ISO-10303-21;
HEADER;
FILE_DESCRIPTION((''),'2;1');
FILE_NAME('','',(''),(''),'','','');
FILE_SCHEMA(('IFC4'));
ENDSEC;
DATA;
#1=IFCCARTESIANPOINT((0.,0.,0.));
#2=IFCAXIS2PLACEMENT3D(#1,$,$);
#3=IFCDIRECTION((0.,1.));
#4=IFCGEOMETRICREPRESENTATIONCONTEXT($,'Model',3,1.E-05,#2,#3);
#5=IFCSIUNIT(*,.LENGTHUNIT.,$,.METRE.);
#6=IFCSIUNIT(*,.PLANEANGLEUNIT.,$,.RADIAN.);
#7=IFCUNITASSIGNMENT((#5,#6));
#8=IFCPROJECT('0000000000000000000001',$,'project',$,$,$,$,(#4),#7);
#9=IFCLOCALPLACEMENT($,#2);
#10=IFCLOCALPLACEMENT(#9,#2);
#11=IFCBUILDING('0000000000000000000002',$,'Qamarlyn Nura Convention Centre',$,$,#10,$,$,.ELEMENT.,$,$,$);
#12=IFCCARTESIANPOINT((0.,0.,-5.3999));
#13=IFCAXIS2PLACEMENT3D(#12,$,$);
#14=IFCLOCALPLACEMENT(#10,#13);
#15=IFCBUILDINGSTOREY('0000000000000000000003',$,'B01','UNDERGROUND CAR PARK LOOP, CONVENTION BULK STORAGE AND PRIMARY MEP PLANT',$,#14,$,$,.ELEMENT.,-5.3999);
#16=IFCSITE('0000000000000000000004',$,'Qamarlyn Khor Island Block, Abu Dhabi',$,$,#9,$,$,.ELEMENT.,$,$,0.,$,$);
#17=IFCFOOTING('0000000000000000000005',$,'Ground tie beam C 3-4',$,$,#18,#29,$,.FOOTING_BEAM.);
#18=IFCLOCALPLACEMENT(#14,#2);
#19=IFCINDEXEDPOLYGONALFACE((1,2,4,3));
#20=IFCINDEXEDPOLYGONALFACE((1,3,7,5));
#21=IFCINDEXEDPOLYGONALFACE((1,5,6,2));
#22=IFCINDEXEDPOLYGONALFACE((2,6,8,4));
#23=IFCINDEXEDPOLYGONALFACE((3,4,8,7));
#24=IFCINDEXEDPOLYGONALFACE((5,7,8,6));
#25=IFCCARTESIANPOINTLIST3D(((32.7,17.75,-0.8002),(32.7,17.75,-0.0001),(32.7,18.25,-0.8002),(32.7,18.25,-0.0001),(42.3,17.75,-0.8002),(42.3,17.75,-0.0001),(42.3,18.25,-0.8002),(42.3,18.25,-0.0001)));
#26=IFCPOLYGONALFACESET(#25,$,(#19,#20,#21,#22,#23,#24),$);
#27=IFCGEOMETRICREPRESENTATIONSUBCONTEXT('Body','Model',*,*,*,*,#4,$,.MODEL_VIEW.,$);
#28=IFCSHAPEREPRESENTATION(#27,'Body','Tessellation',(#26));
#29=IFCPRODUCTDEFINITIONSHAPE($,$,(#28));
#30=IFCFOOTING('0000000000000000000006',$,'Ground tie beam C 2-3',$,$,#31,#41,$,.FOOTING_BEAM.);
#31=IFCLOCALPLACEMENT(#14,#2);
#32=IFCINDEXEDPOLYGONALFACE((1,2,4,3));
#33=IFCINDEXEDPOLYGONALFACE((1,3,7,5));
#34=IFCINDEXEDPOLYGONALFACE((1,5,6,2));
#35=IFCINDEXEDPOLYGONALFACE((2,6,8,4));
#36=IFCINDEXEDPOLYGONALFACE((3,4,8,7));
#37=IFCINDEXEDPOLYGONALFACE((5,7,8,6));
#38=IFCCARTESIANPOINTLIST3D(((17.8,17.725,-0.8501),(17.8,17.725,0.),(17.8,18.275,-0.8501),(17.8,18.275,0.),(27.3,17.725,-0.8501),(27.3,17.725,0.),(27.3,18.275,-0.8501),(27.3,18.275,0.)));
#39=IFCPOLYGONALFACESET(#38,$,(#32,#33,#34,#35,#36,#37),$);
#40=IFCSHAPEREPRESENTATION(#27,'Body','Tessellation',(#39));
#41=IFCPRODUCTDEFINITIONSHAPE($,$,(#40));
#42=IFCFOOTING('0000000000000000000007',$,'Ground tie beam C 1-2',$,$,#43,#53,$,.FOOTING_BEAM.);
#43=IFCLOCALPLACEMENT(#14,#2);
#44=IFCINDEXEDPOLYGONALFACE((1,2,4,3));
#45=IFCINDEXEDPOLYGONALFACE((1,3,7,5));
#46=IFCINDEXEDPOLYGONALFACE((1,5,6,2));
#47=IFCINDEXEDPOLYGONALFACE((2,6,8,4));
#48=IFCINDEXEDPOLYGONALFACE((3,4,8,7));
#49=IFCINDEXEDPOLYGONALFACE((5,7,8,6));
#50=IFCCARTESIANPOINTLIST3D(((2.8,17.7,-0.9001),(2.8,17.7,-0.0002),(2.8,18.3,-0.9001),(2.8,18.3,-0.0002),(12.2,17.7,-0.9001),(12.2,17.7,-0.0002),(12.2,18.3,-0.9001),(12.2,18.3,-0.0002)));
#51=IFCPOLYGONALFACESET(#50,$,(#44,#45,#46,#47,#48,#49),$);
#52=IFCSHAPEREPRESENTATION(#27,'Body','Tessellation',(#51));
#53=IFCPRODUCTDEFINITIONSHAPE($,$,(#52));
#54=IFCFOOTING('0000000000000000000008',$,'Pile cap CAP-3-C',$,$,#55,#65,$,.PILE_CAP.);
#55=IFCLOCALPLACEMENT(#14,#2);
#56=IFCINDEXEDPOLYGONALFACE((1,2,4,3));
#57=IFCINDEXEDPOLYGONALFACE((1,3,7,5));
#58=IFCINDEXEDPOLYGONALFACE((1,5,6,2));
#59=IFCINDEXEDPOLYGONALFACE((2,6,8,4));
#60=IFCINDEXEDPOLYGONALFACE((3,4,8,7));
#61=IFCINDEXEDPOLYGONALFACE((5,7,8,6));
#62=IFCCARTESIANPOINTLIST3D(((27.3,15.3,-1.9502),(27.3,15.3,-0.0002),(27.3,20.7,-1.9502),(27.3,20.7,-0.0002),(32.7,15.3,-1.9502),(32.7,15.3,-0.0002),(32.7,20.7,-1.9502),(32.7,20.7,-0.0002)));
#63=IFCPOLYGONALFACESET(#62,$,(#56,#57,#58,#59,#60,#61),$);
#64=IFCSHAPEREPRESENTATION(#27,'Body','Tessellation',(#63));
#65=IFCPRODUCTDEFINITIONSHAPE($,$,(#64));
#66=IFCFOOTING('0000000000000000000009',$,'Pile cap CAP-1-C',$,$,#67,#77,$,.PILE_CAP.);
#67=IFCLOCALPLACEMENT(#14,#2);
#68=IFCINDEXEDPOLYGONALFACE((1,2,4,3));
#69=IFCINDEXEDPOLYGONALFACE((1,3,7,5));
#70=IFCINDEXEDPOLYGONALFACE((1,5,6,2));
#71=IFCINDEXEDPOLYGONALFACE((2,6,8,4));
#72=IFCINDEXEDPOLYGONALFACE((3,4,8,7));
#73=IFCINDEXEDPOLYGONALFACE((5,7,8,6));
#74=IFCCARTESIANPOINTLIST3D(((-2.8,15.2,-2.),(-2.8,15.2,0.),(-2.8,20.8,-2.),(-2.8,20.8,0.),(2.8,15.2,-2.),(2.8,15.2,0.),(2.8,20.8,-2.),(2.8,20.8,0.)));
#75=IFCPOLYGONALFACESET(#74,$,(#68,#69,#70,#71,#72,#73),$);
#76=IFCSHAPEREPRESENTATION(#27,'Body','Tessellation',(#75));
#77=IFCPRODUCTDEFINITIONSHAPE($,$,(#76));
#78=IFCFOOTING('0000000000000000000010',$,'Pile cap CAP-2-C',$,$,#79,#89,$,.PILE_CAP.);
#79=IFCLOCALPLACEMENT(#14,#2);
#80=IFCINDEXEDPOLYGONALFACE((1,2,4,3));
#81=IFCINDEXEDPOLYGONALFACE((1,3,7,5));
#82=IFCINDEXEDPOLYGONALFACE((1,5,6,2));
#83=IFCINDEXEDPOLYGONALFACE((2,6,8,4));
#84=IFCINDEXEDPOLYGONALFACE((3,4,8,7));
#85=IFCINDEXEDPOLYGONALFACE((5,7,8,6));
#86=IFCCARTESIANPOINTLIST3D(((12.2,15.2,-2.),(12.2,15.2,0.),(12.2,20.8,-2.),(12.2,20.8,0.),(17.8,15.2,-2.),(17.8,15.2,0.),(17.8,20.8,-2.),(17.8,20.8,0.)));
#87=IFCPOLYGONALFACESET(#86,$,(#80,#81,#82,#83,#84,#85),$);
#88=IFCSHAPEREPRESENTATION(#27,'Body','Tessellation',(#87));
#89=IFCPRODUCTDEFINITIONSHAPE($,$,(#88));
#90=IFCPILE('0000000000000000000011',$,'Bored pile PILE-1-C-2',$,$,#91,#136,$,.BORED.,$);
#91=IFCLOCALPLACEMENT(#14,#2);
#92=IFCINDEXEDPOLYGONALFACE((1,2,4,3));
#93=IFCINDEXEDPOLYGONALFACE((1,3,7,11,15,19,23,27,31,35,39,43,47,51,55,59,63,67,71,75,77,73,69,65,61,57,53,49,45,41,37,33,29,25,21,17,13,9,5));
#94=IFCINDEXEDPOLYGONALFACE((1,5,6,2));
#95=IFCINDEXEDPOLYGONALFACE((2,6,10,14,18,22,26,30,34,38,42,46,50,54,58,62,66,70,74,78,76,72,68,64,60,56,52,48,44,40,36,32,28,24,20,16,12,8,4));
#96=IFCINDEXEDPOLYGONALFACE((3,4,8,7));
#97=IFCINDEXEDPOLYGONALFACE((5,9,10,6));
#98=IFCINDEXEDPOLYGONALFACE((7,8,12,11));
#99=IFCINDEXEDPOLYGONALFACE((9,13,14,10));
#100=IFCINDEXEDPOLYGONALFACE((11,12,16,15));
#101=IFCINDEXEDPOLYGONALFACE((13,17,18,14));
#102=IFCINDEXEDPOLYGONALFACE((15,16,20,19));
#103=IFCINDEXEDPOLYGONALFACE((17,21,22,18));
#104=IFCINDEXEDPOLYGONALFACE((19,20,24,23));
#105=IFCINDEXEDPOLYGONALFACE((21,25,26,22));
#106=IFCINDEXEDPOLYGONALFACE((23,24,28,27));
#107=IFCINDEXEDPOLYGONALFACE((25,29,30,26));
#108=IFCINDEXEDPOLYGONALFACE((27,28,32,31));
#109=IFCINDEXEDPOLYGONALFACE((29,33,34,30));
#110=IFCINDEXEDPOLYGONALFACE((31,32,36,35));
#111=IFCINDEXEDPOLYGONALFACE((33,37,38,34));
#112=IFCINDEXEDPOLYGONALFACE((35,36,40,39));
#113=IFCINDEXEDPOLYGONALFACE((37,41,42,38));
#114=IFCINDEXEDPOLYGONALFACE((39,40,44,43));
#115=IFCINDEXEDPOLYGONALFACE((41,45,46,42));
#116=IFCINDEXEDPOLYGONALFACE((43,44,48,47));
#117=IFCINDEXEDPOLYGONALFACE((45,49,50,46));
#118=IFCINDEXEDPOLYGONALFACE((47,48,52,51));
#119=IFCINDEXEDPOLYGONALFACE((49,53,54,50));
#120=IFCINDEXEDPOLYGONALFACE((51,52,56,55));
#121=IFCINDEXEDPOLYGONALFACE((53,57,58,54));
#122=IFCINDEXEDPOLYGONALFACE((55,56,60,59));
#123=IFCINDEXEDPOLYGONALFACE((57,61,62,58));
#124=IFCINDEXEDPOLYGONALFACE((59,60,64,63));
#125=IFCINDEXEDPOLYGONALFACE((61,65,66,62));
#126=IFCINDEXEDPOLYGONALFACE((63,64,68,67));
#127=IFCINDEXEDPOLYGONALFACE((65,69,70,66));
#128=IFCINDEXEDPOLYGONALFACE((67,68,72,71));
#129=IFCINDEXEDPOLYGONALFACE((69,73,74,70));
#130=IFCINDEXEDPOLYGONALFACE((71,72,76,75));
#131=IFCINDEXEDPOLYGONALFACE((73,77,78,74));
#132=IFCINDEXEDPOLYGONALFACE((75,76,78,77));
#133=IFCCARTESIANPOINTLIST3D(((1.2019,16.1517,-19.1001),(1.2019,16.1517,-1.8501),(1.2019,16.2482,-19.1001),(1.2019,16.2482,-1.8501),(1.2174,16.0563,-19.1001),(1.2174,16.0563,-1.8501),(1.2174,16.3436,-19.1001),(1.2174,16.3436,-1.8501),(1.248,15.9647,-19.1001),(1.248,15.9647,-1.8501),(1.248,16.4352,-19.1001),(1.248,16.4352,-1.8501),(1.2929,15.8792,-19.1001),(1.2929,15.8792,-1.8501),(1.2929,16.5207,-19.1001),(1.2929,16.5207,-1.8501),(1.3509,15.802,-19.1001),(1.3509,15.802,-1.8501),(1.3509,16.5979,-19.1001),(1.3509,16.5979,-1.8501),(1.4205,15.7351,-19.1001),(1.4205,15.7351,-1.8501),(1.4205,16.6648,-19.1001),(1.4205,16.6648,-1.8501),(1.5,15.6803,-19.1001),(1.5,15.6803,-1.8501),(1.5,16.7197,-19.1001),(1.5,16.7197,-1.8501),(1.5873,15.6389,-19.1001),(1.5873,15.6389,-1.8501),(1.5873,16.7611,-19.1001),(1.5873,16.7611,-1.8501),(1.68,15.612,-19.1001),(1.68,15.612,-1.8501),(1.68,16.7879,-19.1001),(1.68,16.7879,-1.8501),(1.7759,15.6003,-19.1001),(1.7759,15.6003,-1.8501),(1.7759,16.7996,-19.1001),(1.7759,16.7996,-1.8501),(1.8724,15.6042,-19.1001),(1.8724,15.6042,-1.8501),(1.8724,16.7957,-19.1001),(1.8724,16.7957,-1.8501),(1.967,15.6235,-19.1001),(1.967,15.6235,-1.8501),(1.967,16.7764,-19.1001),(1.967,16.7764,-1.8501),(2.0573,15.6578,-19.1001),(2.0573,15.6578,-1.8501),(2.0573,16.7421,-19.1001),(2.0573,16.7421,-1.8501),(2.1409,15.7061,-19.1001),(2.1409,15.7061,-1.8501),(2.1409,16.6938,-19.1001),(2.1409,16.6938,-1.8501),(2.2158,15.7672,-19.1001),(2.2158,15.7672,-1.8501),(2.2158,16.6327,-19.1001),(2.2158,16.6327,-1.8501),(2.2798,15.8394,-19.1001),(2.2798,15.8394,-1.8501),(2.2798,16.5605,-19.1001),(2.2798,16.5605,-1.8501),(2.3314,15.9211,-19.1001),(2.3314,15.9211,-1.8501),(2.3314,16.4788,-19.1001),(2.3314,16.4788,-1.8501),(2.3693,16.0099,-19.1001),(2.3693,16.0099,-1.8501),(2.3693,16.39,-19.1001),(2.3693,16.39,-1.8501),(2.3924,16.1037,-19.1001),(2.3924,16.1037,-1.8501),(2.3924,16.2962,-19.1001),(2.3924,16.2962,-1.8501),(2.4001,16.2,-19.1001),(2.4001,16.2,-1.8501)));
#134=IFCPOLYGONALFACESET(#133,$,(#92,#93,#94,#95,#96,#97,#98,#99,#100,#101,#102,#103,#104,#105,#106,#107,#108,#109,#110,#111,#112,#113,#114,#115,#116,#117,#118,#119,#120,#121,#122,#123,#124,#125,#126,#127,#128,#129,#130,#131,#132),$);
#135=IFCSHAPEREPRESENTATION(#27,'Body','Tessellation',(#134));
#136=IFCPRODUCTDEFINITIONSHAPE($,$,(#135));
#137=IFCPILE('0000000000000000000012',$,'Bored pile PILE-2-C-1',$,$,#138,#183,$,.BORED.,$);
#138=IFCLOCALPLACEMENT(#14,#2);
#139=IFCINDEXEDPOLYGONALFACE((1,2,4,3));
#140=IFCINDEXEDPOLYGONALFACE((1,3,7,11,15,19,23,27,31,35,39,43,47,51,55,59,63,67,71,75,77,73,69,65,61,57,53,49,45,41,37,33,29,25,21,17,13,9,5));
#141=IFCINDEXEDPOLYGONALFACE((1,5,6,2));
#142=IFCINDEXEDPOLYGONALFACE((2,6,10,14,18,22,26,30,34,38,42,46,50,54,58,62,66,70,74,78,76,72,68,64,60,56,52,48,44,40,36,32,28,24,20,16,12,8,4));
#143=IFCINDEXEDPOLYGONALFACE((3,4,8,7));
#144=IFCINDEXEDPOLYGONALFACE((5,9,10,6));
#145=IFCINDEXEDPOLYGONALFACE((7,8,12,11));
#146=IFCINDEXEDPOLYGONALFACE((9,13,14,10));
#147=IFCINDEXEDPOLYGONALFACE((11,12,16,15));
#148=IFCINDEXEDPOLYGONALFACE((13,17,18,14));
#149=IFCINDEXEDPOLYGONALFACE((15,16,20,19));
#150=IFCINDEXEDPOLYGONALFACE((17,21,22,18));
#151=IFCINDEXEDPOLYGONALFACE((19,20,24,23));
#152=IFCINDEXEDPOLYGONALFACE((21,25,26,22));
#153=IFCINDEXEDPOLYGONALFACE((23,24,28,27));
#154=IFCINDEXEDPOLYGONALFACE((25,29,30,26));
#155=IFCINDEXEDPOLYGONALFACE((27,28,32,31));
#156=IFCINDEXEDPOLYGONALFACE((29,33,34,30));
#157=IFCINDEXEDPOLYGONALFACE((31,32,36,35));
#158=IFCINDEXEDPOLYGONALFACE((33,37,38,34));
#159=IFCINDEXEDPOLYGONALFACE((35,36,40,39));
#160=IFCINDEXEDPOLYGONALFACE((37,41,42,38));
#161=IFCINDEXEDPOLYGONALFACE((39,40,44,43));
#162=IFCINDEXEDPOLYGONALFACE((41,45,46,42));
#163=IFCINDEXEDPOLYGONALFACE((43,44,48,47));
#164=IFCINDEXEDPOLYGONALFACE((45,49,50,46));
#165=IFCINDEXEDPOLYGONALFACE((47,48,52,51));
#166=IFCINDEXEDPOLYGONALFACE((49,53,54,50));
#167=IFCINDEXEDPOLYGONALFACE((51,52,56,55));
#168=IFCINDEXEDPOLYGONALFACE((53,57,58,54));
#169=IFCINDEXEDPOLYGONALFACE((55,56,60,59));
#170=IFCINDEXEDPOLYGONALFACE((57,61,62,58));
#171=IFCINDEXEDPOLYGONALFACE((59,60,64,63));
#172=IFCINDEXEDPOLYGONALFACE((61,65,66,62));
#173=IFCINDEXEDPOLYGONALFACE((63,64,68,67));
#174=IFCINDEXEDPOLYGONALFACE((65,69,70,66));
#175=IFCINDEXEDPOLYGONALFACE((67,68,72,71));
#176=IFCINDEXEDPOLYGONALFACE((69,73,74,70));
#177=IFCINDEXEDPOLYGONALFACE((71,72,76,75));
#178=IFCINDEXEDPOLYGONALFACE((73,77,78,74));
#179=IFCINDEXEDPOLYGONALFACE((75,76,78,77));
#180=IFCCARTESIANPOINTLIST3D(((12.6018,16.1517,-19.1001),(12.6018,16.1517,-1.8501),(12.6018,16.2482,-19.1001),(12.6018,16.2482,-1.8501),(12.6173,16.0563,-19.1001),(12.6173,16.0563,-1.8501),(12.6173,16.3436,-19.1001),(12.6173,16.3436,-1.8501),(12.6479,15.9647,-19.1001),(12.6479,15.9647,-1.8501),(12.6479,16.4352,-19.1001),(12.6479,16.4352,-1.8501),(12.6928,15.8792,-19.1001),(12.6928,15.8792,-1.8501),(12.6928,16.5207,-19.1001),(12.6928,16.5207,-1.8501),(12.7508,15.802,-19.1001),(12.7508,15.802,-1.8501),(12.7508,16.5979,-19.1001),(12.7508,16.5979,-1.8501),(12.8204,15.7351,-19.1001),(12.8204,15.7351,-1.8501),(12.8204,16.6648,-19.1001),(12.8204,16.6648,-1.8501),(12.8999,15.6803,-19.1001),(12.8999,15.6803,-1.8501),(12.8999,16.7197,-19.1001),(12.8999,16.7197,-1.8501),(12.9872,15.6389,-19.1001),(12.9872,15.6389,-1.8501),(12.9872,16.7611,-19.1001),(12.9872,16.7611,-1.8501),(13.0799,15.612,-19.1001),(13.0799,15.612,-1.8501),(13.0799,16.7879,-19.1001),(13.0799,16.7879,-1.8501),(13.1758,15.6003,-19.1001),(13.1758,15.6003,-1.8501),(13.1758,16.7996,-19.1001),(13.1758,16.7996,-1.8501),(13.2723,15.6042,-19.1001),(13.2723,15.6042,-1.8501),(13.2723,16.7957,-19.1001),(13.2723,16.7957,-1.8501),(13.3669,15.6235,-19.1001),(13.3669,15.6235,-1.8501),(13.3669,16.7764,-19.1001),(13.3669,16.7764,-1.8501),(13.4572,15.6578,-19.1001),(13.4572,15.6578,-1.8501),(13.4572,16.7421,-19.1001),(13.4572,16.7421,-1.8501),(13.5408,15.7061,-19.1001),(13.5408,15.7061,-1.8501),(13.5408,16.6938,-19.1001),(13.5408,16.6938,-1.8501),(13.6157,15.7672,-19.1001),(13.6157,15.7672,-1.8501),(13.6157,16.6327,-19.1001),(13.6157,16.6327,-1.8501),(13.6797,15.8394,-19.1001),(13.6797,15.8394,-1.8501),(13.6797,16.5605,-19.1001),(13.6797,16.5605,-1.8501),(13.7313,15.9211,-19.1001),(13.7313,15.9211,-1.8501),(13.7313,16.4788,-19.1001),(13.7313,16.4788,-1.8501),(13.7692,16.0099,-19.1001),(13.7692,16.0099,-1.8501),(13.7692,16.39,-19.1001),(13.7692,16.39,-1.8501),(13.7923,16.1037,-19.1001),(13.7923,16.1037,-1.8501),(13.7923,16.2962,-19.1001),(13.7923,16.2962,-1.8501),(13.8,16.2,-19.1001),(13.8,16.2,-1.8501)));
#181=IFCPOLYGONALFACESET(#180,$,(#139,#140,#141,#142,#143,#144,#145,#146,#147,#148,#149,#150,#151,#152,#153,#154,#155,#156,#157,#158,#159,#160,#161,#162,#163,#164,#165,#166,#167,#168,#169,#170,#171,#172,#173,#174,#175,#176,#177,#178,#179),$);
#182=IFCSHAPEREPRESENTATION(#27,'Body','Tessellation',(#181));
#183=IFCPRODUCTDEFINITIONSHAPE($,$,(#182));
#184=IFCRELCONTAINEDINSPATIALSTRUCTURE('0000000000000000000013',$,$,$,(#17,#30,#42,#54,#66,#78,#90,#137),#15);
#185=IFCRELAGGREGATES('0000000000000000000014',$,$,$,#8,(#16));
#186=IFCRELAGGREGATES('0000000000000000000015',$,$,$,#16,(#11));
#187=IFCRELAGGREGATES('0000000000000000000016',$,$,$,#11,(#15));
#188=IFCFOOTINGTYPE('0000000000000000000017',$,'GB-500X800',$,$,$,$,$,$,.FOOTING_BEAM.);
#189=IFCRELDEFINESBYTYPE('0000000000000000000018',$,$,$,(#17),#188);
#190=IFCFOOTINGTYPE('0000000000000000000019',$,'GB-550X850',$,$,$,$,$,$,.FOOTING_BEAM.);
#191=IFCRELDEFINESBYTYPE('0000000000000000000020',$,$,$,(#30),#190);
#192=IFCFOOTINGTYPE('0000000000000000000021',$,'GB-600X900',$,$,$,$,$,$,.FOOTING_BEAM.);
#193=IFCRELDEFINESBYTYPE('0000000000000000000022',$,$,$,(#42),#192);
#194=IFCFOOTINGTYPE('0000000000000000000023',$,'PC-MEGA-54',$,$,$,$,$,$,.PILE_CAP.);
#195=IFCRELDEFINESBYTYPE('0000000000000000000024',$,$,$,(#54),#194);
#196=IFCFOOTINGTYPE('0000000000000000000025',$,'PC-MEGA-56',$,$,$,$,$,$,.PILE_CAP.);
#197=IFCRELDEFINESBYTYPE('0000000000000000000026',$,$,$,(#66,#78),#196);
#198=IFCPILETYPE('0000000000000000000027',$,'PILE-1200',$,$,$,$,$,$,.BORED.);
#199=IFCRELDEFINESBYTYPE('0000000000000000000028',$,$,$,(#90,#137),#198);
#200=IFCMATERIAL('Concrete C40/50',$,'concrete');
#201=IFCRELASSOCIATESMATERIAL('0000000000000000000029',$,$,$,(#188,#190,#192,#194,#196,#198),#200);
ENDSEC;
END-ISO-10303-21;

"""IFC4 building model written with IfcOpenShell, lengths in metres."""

from ifc_helpers import new_model, si_unit, direction, frame, origin, origin_2d, place, context, subcontext, project, spatial, rectangle, circle, extrude, material, material_profile, profile_set, type_object, element, save


model = new_model("IFC4")

# Units and contexts
model_context = context("Model", 3, precision=1e-05, world=origin(), true_north=direction((0.0, 1.0)))
body_context = subcontext(model_context, "Body", "Model", "MODEL_VIEW")
ifc_project = project(units=[si_unit("LENGTHUNIT", "METRE"), si_unit("PLANEANGLEUNIT", "RADIAN")], contexts=[model_context])

# Site, building, storey
site_placement = place(None, origin())
site = spatial("IfcSite", under=ifc_project, at=site_placement, Name="Qamarlyn Khor Island Block, Abu Dhabi", CompositionType="ELEMENT", RefElevation=0.0)
building_placement = place(site_placement, origin())
building = spatial("IfcBuilding", under=site, at=building_placement, Name="Qamarlyn Nura Convention Centre", CompositionType="ELEMENT")
storey_placement = place(building_placement, frame((0.0, 0.0, -5.3999)))
storey = spatial("IfcBuildingStorey", under=building, at=storey_placement, Name="B01", Description="UNDERGROUND CAR PARK LOOP, CONVENTION BULK STORAGE AND PRIMARY MEP PLANT", CompositionType="ELEMENT", Elevation=-5.3999)

# Footings
ifc_material_1 = material(Name="Concrete C40/50", Category="concrete")
ifc_material_profile_1 = material_profile(ifc_material_1, rectangle(XDim=0.5, YDim=0.8, at=origin_2d()), Name="RC GB 500x800")
ifc_profile_set_1 = profile_set([ifc_material_profile_1], Name="Concrete C40/50")
footing_type_1 = type_object("IfcFootingType", Name="GB-500X800", PredefinedType="FOOTING_BEAM", material=ifc_profile_set_1)
footing_1_placement = place(storey_placement, frame((32.7, 18.0, -0.4001), z_axis=(1.0, 0.0, 0.0), x_axis=(0.0, 1.0, 0.0)))
element("IfcFooting", 1, at=footing_1_placement, inside=storey, type_object=footing_type_1, Name="Ground tie beam C 3-4", PredefinedType="FOOTING_BEAM", context=body_context, shape_type="SweptSolid", body=[
    extrude(rectangle(XDim=0.5, YDim=0.8, at=origin_2d()), origin(), (0.0, 0.0, 1.0), 9.6001),
])
ifc_material_profile_2 = material_profile(ifc_material_1, rectangle(XDim=0.55, YDim=0.8501, at=origin_2d()), Name="RC GB 550x850")
ifc_profile_set_2 = profile_set([ifc_material_profile_2], Name="Concrete C40/50")
footing_type_2 = type_object("IfcFootingType", Name="GB-550X850", PredefinedType="FOOTING_BEAM", material=ifc_profile_set_2)
footing_2_placement = place(storey_placement, frame((17.8, 18.0, -0.425), z_axis=(1.0, 0.0, 0.0), x_axis=(0.0, 1.0, 0.0)))
element("IfcFooting", 2, at=footing_2_placement, inside=storey, type_object=footing_type_2, Name="Ground tie beam C 2-3", PredefinedType="FOOTING_BEAM", context=body_context, shape_type="SweptSolid", body=[
    extrude(rectangle(XDim=0.55, YDim=0.8501, at=origin_2d()), origin(), (0.0, 0.0, 1.0), 9.5),
])
ifc_material_profile_3 = material_profile(ifc_material_1, rectangle(XDim=0.6001, YDim=0.8999, at=origin_2d()), Name="RC GB 600x900")
ifc_profile_set_3 = profile_set([ifc_material_profile_3], Name="Concrete C40/50")
footing_type_3 = type_object("IfcFootingType", Name="GB-600X900", PredefinedType="FOOTING_BEAM", material=ifc_profile_set_3)
footing_3_placement = place(storey_placement, frame((2.8, 18.0, -0.4502), z_axis=(1.0, 0.0, 0.0), x_axis=(0.0, 1.0, 0.0)))
element("IfcFooting", 3, at=footing_3_placement, inside=storey, type_object=footing_type_3, Name="Ground tie beam C 1-2", PredefinedType="FOOTING_BEAM", context=body_context, shape_type="SweptSolid", body=[
    extrude(rectangle(XDim=0.6001, YDim=0.8999, at=origin_2d()), origin(), (0.0, 0.0, 1.0), 9.3999),
])
footing_type_4 = type_object("IfcFootingType", Name="PC-MEGA-54", PredefinedType="PILE_CAP", material=ifc_material_1)
footing_4_placement = place(storey_placement, frame((30.0, 18.0, -1.9502), z_axis=(0.0, 0.0, 1.0), x_axis=(1.0, 0.0, 0.0)))
element("IfcFooting", 4, at=footing_4_placement, inside=storey, type_object=footing_type_4, Name="Pile cap CAP-3-C", PredefinedType="PILE_CAP", context=body_context, shape_type="SweptSolid", body=[
    extrude(rectangle(XDim=5.3999, YDim=5.3999, at=origin_2d()), origin(), (0.0, 0.0, 1.0), 1.95),
])
footing_type_5 = type_object("IfcFootingType", Name="PC-MEGA-56", PredefinedType="PILE_CAP", material=ifc_material_1)
for number, where, z_axis, x_axis, name in (
    (5, (0.0, 18.0, -2.0), (0.0, 0.0, 1.0), (1.0, 0.0, 0.0), "Pile cap CAP-1-C"),
    (6, (15.0, 18.0, -2.0), (0.0, 0.0, 1.0), (1.0, 0.0, 0.0), "Pile cap CAP-2-C"),
):
    element("IfcFooting", number, at=place(storey_placement, frame(where, z_axis=z_axis, x_axis=x_axis)), inside=storey, type_object=footing_type_5, Name=name, PredefinedType="PILE_CAP", context=body_context, shape_type="SweptSolid", body=[
        extrude(rectangle(XDim=5.6001, YDim=5.6001, at=origin_2d()), origin(), (0.0, 0.0, 1.0), 2.0),
    ])

# Piles
ifc_material_profile_4 = material_profile(ifc_material_1, circle(Radius=0.6001, at=origin_2d()), Name="BORED PILE 1200")
ifc_profile_set_4 = profile_set([ifc_material_profile_4], Name="Concrete C40/50")
pile_type = type_object("IfcPileType", Name="PILE-1200", PredefinedType="BORED", material=ifc_profile_set_4)
for number, where, z_axis, x_axis, name in (
    (7, (1.8, 16.2, -1.8501), (0.0, 0.0, -1.0), (1.0, 0.0, 0.0), "Bored pile PILE-1-C-2"),
    (8, (13.2, 16.2, -1.8501), (0.0, 0.0, -1.0), (1.0, 0.0, 0.0), "Bored pile PILE-2-C-1"),
):
    element("IfcPile", number, at=place(storey_placement, frame(where, z_axis=z_axis, x_axis=x_axis)), inside=storey, type_object=pile_type, Name=name, PredefinedType="BORED", context=body_context, shape_type="SweptSolid", body=[
        extrude(circle(Radius=0.6001, at=origin_2d()), origin(), (0.0, 0.0, 1.0), 17.25),
    ])

save(model, "model.ifc")
